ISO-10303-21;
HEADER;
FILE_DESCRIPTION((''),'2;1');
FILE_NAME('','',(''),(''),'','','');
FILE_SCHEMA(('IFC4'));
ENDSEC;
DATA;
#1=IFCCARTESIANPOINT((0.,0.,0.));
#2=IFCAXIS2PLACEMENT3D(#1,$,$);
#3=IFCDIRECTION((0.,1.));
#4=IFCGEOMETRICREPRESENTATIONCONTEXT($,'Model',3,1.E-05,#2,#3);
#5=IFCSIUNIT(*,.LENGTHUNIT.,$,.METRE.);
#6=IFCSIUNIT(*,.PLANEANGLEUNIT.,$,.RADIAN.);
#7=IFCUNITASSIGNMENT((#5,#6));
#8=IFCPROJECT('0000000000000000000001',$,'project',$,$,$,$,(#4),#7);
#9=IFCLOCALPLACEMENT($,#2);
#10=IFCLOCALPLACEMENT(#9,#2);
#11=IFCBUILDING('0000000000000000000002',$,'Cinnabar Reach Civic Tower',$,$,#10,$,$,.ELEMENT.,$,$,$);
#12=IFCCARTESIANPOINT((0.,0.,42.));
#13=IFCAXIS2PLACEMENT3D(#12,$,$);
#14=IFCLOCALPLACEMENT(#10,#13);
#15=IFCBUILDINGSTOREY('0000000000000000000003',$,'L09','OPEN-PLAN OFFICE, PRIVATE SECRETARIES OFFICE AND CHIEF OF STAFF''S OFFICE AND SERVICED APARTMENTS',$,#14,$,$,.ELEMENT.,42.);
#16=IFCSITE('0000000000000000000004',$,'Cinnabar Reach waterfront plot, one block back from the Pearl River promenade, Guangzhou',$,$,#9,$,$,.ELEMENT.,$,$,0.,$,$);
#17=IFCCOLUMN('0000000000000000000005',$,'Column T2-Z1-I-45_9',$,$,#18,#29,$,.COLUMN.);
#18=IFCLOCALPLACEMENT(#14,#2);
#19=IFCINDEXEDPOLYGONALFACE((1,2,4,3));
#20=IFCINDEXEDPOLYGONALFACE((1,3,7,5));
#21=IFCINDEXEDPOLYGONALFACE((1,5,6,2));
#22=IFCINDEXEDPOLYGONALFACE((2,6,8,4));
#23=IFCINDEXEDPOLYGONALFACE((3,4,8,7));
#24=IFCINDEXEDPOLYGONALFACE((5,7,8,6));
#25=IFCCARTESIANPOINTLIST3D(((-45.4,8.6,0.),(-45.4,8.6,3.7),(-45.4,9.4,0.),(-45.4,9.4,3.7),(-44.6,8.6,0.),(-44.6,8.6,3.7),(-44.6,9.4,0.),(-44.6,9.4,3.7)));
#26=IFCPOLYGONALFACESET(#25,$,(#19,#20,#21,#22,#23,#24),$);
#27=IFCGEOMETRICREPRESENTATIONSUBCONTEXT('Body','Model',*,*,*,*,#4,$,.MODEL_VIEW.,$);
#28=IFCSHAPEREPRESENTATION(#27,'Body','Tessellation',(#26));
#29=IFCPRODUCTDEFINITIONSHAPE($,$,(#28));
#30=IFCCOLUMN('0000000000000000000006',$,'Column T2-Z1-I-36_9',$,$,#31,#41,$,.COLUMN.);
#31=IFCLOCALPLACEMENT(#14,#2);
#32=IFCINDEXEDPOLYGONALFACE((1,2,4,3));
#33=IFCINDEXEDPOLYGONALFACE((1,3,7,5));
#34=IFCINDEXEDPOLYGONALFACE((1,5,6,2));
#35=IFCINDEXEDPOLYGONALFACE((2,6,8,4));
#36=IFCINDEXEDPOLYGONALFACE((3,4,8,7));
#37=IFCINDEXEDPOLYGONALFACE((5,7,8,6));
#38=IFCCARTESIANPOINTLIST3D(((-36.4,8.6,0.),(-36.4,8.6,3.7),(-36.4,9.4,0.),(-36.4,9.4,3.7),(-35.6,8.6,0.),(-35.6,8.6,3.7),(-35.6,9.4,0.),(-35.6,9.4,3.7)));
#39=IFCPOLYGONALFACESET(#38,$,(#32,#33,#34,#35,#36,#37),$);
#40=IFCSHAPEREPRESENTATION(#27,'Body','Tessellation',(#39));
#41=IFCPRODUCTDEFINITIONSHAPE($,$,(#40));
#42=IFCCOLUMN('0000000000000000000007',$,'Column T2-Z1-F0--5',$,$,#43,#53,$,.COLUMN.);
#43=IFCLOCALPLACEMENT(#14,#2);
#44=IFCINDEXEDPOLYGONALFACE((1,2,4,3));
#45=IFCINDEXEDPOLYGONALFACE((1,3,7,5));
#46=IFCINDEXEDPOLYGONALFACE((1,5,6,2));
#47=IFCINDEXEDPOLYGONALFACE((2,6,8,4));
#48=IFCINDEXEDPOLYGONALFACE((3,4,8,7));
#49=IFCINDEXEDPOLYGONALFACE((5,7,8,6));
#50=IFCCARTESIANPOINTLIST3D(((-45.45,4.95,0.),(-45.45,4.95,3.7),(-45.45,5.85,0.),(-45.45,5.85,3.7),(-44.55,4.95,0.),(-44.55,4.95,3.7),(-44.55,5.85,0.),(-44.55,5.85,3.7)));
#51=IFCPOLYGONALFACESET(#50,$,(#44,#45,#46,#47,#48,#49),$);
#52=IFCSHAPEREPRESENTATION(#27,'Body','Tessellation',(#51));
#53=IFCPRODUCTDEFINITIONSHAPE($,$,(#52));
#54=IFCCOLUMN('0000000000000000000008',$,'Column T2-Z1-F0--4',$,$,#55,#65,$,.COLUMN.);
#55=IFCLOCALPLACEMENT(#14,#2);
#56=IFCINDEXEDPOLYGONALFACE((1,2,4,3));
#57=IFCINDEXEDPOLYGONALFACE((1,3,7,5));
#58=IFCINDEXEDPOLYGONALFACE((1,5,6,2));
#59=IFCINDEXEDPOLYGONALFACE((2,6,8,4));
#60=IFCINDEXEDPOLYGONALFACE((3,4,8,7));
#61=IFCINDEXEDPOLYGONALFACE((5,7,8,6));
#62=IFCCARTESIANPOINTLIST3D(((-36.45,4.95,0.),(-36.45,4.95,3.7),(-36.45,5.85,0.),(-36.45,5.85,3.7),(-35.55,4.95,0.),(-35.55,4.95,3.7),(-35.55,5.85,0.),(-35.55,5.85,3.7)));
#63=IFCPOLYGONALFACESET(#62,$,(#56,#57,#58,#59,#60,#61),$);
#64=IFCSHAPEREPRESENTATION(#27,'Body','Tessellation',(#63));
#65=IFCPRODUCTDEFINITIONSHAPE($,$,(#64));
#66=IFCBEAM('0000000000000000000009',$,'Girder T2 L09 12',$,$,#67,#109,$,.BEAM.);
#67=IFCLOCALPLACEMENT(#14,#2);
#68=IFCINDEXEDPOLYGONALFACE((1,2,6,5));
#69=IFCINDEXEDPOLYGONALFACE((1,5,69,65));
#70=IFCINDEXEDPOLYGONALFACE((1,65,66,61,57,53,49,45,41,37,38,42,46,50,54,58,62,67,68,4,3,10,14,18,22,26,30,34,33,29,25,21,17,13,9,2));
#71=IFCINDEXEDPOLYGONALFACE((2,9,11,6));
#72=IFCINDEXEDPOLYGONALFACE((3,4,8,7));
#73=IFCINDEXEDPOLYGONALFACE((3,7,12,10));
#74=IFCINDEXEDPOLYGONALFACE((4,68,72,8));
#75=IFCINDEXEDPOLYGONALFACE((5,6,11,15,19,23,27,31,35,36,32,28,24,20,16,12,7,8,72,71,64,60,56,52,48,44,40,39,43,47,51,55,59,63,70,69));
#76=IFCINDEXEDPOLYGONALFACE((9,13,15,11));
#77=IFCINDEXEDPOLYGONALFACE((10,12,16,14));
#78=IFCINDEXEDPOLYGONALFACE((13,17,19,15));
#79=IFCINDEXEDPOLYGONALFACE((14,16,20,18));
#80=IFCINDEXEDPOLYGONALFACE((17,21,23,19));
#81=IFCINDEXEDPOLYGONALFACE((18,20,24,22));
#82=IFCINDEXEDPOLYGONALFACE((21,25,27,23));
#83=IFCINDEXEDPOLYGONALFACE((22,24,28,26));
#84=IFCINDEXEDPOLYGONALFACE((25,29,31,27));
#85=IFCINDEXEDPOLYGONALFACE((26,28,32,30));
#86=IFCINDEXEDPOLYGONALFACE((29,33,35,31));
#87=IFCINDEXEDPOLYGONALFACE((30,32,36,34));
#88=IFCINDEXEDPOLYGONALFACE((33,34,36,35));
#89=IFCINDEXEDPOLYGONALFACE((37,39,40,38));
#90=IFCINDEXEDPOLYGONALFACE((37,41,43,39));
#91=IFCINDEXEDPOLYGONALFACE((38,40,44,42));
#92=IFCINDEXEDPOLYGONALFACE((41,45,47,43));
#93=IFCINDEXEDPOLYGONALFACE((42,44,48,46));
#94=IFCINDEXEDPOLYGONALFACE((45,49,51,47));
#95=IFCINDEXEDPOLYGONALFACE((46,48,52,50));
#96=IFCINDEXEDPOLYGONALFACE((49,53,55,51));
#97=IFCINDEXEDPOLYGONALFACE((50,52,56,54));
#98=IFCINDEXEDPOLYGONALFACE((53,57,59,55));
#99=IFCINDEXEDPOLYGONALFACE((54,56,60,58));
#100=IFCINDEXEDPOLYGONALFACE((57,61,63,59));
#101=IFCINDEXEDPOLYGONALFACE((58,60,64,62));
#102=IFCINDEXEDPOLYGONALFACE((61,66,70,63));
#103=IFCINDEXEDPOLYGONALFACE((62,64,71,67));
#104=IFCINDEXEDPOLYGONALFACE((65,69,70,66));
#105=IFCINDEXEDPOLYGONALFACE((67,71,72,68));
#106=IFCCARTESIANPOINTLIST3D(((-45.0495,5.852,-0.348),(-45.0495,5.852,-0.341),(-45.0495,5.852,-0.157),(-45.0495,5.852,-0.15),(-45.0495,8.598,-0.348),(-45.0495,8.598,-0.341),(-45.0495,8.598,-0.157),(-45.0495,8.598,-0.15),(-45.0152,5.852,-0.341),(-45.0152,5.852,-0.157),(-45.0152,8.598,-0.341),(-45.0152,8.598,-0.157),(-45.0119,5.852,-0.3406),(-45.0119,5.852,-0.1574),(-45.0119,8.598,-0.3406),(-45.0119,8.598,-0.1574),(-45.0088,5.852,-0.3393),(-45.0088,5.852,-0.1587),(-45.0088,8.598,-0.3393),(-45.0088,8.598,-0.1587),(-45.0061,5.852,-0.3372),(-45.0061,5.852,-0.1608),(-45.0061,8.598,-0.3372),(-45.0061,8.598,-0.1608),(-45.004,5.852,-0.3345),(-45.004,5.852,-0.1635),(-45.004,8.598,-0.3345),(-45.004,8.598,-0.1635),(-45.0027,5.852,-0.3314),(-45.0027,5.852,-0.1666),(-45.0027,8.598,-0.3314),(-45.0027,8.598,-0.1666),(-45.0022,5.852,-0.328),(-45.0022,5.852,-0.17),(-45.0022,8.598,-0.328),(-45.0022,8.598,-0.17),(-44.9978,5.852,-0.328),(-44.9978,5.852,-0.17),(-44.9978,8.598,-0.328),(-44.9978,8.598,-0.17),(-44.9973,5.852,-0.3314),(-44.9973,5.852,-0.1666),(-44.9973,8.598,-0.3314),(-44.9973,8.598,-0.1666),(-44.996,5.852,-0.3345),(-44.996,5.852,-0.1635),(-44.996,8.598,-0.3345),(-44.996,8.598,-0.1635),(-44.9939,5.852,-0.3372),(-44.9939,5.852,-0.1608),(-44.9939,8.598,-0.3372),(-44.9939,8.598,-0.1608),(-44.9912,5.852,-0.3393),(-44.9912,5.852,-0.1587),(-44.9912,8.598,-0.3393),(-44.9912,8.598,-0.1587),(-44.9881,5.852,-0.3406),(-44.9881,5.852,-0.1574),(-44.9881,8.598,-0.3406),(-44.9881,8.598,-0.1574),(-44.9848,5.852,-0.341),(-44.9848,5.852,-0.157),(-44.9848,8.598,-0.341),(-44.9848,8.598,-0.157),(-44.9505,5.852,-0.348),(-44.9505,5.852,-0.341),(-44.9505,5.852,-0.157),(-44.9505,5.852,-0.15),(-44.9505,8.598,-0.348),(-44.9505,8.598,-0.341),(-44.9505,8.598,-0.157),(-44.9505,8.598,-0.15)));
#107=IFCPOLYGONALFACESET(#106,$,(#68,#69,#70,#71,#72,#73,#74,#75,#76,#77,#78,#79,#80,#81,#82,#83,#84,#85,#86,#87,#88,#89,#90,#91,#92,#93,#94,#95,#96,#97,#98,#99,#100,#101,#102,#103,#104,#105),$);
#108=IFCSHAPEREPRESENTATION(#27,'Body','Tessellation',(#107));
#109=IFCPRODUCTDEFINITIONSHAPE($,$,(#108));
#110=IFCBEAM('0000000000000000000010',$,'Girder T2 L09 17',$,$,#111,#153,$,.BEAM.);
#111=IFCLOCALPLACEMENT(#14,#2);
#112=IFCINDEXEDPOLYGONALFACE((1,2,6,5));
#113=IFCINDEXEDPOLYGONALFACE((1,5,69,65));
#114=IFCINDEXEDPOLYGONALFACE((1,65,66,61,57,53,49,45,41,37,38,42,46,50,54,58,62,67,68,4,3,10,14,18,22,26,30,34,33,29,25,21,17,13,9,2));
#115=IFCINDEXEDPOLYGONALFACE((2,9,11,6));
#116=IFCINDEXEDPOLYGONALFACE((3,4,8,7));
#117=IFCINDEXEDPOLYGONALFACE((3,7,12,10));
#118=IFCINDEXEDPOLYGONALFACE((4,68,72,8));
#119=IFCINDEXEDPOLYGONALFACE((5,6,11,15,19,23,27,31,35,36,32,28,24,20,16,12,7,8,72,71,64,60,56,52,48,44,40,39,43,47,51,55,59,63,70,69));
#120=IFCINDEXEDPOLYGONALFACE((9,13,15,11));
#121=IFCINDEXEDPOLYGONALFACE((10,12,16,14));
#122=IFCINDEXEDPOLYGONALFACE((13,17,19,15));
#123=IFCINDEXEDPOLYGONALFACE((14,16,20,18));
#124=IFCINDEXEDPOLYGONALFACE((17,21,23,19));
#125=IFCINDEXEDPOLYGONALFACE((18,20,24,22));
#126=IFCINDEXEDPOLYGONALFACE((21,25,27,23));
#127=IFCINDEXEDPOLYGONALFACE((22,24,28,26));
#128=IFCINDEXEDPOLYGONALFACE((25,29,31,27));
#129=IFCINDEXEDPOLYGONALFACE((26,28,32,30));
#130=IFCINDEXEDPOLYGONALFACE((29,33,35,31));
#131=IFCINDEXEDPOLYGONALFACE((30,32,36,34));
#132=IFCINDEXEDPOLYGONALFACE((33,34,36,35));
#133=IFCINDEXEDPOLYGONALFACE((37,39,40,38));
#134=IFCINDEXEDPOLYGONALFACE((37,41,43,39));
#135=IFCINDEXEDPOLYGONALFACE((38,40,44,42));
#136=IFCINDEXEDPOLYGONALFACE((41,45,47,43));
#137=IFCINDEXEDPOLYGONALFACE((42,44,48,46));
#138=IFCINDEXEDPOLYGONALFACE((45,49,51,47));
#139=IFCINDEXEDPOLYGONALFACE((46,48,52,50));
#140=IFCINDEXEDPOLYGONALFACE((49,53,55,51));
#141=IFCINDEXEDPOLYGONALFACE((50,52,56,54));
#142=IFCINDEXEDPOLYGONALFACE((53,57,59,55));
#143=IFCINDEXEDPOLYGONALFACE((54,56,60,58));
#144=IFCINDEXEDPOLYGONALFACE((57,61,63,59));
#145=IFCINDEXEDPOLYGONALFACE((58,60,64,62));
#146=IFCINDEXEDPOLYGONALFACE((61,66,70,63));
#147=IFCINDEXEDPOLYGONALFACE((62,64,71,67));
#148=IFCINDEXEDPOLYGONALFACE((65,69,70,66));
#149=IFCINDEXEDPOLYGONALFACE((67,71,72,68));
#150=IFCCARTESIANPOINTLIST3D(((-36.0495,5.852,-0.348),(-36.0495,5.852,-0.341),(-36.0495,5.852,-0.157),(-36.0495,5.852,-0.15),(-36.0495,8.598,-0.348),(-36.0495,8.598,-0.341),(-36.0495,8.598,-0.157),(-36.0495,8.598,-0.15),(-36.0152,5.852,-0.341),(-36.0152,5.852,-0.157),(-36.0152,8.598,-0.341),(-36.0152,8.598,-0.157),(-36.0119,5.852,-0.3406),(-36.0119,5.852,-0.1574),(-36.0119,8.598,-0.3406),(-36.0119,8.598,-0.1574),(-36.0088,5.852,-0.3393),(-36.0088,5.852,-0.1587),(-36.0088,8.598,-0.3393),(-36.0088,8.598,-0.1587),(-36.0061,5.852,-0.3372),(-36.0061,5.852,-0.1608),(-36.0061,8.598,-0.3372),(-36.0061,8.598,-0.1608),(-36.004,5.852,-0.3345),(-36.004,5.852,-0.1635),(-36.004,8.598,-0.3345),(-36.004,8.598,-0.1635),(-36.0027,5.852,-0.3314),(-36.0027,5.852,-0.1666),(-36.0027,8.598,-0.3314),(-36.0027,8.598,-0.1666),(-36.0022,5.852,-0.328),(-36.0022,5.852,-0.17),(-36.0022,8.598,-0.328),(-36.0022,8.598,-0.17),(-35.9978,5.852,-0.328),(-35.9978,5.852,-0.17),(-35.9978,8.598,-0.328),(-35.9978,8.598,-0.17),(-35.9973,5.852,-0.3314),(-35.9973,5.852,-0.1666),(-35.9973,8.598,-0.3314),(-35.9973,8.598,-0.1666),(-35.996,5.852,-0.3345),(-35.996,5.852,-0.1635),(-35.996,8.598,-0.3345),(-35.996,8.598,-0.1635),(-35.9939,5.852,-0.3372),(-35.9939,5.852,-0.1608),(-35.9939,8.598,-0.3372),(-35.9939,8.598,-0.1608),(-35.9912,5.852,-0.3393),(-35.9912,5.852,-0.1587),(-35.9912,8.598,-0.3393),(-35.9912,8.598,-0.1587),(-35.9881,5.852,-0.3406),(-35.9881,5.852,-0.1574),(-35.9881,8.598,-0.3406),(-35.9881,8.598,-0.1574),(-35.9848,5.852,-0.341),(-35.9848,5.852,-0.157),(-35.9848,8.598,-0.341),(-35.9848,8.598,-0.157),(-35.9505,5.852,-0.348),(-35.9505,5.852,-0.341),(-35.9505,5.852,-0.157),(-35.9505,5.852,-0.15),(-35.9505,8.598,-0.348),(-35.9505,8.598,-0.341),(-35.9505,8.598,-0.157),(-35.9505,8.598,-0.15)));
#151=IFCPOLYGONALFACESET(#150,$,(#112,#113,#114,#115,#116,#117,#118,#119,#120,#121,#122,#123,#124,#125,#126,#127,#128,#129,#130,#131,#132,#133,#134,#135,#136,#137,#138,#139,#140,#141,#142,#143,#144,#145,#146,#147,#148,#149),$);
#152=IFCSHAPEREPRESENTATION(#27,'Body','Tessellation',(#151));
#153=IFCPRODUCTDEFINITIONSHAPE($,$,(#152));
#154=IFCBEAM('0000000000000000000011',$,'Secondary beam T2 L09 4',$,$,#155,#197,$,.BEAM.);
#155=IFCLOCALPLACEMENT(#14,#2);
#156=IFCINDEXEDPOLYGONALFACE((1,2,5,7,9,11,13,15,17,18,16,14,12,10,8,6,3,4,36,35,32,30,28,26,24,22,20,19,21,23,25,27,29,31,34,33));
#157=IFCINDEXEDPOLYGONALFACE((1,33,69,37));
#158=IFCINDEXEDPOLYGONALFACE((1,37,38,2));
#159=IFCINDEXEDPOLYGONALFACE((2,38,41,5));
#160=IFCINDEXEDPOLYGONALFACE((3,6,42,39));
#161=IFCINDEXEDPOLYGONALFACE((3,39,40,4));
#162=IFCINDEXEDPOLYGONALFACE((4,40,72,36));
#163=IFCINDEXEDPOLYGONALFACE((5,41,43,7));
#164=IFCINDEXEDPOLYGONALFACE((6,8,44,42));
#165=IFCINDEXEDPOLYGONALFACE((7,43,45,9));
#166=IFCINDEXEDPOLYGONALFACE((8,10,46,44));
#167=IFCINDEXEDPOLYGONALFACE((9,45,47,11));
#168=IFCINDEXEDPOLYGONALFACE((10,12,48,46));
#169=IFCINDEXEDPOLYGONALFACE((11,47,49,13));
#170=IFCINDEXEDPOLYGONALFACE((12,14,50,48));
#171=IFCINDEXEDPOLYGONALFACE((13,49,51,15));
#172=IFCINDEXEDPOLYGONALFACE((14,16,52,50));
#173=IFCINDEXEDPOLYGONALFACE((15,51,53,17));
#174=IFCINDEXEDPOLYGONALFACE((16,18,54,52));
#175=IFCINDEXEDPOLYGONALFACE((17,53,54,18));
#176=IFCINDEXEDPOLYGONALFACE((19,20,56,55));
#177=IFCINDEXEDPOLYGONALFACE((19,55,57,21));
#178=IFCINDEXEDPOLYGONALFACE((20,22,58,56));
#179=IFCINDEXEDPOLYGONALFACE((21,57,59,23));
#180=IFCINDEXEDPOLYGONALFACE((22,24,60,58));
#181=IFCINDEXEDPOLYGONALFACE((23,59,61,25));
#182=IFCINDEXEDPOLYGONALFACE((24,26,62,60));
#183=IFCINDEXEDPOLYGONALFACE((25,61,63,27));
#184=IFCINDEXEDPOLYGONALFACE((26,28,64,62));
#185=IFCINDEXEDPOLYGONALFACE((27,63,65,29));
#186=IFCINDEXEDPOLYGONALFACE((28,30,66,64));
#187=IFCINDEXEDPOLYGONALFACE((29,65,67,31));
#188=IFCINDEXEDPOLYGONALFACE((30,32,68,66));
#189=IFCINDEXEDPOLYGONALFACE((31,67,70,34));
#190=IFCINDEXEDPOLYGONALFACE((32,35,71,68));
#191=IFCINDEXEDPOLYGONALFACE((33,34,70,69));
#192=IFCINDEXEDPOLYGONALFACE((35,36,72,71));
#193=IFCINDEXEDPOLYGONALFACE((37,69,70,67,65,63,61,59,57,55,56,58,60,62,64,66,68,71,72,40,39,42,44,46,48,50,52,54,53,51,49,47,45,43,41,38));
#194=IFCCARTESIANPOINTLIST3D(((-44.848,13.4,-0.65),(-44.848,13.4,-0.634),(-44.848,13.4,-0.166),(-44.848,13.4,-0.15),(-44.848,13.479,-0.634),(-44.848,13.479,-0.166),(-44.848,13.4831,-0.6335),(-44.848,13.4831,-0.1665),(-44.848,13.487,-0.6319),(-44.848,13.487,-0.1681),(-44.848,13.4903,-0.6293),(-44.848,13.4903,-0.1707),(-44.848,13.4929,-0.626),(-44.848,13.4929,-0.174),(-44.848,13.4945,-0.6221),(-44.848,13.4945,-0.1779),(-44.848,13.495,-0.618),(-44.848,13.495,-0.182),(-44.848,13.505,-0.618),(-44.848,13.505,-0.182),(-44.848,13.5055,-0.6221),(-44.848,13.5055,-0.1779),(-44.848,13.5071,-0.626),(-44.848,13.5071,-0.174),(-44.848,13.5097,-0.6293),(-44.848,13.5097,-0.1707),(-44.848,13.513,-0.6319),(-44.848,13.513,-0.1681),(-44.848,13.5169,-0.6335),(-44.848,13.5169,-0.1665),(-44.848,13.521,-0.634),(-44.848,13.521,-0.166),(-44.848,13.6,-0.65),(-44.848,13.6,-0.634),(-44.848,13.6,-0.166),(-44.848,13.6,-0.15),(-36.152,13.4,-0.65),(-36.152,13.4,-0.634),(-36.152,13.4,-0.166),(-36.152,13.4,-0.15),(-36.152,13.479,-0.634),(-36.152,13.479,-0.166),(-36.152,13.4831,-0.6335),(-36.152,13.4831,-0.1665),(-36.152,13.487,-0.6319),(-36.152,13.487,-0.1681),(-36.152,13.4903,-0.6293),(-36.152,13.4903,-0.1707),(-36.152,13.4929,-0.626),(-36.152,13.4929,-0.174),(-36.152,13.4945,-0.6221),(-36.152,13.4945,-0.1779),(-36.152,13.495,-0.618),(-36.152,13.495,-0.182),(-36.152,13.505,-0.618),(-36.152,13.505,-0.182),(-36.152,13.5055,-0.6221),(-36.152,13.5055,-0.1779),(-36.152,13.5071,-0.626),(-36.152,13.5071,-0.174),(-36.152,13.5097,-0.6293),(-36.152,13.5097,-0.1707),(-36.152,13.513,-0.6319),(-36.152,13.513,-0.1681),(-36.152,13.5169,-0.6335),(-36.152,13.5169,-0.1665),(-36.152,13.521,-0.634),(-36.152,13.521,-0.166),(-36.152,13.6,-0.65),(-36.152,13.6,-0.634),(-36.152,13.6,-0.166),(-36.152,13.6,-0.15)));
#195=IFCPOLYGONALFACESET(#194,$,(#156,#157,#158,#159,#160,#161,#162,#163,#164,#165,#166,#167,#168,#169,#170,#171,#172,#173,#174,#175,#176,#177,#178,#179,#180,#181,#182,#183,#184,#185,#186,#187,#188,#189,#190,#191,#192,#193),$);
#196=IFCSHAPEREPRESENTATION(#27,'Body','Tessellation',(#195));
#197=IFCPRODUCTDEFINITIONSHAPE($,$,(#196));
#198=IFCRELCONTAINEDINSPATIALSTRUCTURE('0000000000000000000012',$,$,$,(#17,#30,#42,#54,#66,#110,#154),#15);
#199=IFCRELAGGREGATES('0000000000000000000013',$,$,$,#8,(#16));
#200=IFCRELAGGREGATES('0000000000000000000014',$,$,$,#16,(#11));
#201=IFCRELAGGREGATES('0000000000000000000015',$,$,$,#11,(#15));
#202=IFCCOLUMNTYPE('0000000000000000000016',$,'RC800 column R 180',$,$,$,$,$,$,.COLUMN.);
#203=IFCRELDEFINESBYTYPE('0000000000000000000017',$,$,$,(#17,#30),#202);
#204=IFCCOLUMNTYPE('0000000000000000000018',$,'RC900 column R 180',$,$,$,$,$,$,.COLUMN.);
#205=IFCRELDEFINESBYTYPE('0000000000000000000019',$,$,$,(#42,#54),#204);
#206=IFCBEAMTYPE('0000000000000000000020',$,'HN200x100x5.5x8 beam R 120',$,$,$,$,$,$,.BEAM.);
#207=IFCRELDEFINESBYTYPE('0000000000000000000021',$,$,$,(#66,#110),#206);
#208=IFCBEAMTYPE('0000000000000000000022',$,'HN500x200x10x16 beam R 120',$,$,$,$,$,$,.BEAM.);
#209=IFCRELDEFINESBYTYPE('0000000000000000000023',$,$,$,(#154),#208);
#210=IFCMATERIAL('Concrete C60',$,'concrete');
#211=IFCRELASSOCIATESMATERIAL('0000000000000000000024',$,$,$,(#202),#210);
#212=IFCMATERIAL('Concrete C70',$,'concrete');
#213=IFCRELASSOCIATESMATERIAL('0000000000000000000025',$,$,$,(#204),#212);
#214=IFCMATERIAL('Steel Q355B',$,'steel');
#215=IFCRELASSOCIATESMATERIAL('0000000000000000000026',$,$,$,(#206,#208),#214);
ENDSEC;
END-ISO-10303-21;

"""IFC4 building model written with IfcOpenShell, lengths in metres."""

from ifc_helpers import new_model, si_unit, direction, frame, origin, origin_2d, place, context, subcontext, project, spatial, rectangle, i_section, extrude, material, material_profile, profile_set, type_object, element, save


model = new_model("IFC4")

# Units and contexts
model_context = context("Model", 3, precision=1e-05, world=origin(), true_north=direction((0.0, 1.0)))
body_context = subcontext(model_context, "Body", "Model", "MODEL_VIEW")
ifc_project = project(units=[si_unit("LENGTHUNIT", "METRE"), si_unit("PLANEANGLEUNIT", "RADIAN")], contexts=[model_context])

# Site, building, storey
site_placement = place(None, origin())
site = spatial("IfcSite", under=ifc_project, at=site_placement, Name="Cinnabar Reach waterfront plot, one block back from the Pearl River promenade, Guangzhou", CompositionType="ELEMENT", RefElevation=0.0)
building_placement = place(site_placement, origin())
building = spatial("IfcBuilding", under=site, at=building_placement, Name="Cinnabar Reach Civic Tower", CompositionType="ELEMENT")
storey_placement = place(building_placement, frame((0.0, 0.0, 42.0)))
storey = spatial("IfcBuildingStorey", under=building, at=storey_placement, Name="L09", Description="OPEN-PLAN OFFICE, PRIVATE SECRETARIES OFFICE AND CHIEF OF STAFF'S OFFICE AND SERVICED APARTMENTS", CompositionType="ELEMENT", Elevation=42.0)

# Columns
ifc_material_1 = material(Name="Concrete C60", Category="concrete")
ifc_material_profile_1 = material_profile(ifc_material_1, rectangle(XDim=0.8, YDim=0.8, at=origin_2d()), Name="RC800")
ifc_profile_set_1 = profile_set([ifc_material_profile_1], Name="Concrete C60")
column_type_1 = type_object("IfcColumnType", Name="RC800 column R 180", PredefinedType="COLUMN", material=ifc_profile_set_1)
for number, where, z_axis, x_axis, name in (
    (1, (-45.0, 9.0, 0.0), (0.0, 0.0, 1.0), (1.0, 0.0, 0.0), "Column T2-Z1-I-45_9"),
    (2, (-36.0, 9.0, 0.0), (0.0, 0.0, 1.0), (1.0, 0.0, 0.0), "Column T2-Z1-I-36_9"),
):
    element("IfcColumn", number, at=place(storey_placement, frame(where, z_axis=z_axis, x_axis=x_axis)), inside=storey, type_object=column_type_1, Name=name, PredefinedType="COLUMN", context=body_context, shape_type="SweptSolid", body=[
        extrude(rectangle(XDim=0.8, YDim=0.8, at=origin_2d()), origin(), (0.0, 0.0, 1.0), 3.7),
    ])
ifc_material_2 = material(Name="Concrete C70", Category="concrete")
ifc_material_profile_2 = material_profile(ifc_material_2, rectangle(XDim=0.9, YDim=0.9, at=origin_2d()), Name="RC900")
ifc_profile_set_2 = profile_set([ifc_material_profile_2], Name="Concrete C70")
column_type_2 = type_object("IfcColumnType", Name="RC900 column R 180", PredefinedType="COLUMN", material=ifc_profile_set_2)
for number, where, z_axis, x_axis, name in (
    (3, (-45.0, 5.4, 0.0), (0.0, 0.0, 1.0), (1.0, 0.0, 0.0), "Column T2-Z1-F0--5"),
    (4, (-36.0, 5.4, 0.0), (0.0, 0.0, 1.0), (1.0, 0.0, 0.0), "Column T2-Z1-F0--4"),
):
    element("IfcColumn", number, at=place(storey_placement, frame(where, z_axis=z_axis, x_axis=x_axis)), inside=storey, type_object=column_type_2, Name=name, PredefinedType="COLUMN", context=body_context, shape_type="SweptSolid", body=[
        extrude(rectangle(XDim=0.9, YDim=0.9, at=origin_2d()), origin(), (0.0, 0.0, 1.0), 3.7),
    ])

# Beams
ifc_material_3 = material(Name="Steel Q355B", Category="steel")
ifc_material_profile_3 = material_profile(ifc_material_3, i_section(OverallWidth=0.099, OverallDepth=0.198, WebThickness=0.0045, FlangeThickness=0.007, FilletRadius=0.013, at=origin_2d()), Name="HN200x100x5.5x8")
ifc_profile_set_3 = profile_set([ifc_material_profile_3], Name="Steel Q355B")
beam_type_1 = type_object("IfcBeamType", Name="HN200x100x5.5x8 beam R 120", PredefinedType="BEAM", material=ifc_profile_set_3)
for number, where, z_axis, x_axis, name in (
    (5, (-45.0, 5.852, -0.249), (0.0, 1.0, 0.0), (-1.0, 0.0, 0.0), "Girder T2 L09 12"),
    (6, (-36.0, 5.852, -0.249), (0.0, 1.0, 0.0), (-1.0, 0.0, 0.0), "Girder T2 L09 17"),
):
    element("IfcBeam", number, at=place(storey_placement, frame(where, z_axis=z_axis, x_axis=x_axis)), inside=storey, type_object=beam_type_1, Name=name, PredefinedType="BEAM", context=body_context, shape_type="SweptSolid", body=[
        extrude(i_section(OverallWidth=0.099, OverallDepth=0.198, WebThickness=0.0045, FlangeThickness=0.007, FilletRadius=0.013, at=origin_2d()), origin(), (0.0, 0.0, 1.0), 2.746),
    ])
ifc_material_profile_4 = material_profile(ifc_material_3, i_section(OverallWidth=0.2, OverallDepth=0.5, WebThickness=0.01, FlangeThickness=0.016, FilletRadius=0.016, at=origin_2d()), Name="HN500x200x10x16")
ifc_profile_set_4 = profile_set([ifc_material_profile_4], Name="Steel Q355B")
beam_type_2 = type_object("IfcBeamType", Name="HN500x200x10x16 beam R 120", PredefinedType="BEAM", material=ifc_profile_set_4)
beam_1_placement = place(storey_placement, frame((-44.848, 13.5, -0.4), z_axis=(1.0, 0.0, 0.0), x_axis=(0.0, 1.0, 0.0)))
element("IfcBeam", 7, at=beam_1_placement, inside=storey, type_object=beam_type_2, Name="Secondary beam T2 L09 4", PredefinedType="BEAM", context=body_context, shape_type="SweptSolid", body=[
    extrude(i_section(OverallWidth=0.2, OverallDepth=0.5, WebThickness=0.01, FlangeThickness=0.016, FilletRadius=0.016, at=origin_2d()), origin(), (0.0, 0.0, 1.0), 8.696),
])

save(model, "model.ifc")
